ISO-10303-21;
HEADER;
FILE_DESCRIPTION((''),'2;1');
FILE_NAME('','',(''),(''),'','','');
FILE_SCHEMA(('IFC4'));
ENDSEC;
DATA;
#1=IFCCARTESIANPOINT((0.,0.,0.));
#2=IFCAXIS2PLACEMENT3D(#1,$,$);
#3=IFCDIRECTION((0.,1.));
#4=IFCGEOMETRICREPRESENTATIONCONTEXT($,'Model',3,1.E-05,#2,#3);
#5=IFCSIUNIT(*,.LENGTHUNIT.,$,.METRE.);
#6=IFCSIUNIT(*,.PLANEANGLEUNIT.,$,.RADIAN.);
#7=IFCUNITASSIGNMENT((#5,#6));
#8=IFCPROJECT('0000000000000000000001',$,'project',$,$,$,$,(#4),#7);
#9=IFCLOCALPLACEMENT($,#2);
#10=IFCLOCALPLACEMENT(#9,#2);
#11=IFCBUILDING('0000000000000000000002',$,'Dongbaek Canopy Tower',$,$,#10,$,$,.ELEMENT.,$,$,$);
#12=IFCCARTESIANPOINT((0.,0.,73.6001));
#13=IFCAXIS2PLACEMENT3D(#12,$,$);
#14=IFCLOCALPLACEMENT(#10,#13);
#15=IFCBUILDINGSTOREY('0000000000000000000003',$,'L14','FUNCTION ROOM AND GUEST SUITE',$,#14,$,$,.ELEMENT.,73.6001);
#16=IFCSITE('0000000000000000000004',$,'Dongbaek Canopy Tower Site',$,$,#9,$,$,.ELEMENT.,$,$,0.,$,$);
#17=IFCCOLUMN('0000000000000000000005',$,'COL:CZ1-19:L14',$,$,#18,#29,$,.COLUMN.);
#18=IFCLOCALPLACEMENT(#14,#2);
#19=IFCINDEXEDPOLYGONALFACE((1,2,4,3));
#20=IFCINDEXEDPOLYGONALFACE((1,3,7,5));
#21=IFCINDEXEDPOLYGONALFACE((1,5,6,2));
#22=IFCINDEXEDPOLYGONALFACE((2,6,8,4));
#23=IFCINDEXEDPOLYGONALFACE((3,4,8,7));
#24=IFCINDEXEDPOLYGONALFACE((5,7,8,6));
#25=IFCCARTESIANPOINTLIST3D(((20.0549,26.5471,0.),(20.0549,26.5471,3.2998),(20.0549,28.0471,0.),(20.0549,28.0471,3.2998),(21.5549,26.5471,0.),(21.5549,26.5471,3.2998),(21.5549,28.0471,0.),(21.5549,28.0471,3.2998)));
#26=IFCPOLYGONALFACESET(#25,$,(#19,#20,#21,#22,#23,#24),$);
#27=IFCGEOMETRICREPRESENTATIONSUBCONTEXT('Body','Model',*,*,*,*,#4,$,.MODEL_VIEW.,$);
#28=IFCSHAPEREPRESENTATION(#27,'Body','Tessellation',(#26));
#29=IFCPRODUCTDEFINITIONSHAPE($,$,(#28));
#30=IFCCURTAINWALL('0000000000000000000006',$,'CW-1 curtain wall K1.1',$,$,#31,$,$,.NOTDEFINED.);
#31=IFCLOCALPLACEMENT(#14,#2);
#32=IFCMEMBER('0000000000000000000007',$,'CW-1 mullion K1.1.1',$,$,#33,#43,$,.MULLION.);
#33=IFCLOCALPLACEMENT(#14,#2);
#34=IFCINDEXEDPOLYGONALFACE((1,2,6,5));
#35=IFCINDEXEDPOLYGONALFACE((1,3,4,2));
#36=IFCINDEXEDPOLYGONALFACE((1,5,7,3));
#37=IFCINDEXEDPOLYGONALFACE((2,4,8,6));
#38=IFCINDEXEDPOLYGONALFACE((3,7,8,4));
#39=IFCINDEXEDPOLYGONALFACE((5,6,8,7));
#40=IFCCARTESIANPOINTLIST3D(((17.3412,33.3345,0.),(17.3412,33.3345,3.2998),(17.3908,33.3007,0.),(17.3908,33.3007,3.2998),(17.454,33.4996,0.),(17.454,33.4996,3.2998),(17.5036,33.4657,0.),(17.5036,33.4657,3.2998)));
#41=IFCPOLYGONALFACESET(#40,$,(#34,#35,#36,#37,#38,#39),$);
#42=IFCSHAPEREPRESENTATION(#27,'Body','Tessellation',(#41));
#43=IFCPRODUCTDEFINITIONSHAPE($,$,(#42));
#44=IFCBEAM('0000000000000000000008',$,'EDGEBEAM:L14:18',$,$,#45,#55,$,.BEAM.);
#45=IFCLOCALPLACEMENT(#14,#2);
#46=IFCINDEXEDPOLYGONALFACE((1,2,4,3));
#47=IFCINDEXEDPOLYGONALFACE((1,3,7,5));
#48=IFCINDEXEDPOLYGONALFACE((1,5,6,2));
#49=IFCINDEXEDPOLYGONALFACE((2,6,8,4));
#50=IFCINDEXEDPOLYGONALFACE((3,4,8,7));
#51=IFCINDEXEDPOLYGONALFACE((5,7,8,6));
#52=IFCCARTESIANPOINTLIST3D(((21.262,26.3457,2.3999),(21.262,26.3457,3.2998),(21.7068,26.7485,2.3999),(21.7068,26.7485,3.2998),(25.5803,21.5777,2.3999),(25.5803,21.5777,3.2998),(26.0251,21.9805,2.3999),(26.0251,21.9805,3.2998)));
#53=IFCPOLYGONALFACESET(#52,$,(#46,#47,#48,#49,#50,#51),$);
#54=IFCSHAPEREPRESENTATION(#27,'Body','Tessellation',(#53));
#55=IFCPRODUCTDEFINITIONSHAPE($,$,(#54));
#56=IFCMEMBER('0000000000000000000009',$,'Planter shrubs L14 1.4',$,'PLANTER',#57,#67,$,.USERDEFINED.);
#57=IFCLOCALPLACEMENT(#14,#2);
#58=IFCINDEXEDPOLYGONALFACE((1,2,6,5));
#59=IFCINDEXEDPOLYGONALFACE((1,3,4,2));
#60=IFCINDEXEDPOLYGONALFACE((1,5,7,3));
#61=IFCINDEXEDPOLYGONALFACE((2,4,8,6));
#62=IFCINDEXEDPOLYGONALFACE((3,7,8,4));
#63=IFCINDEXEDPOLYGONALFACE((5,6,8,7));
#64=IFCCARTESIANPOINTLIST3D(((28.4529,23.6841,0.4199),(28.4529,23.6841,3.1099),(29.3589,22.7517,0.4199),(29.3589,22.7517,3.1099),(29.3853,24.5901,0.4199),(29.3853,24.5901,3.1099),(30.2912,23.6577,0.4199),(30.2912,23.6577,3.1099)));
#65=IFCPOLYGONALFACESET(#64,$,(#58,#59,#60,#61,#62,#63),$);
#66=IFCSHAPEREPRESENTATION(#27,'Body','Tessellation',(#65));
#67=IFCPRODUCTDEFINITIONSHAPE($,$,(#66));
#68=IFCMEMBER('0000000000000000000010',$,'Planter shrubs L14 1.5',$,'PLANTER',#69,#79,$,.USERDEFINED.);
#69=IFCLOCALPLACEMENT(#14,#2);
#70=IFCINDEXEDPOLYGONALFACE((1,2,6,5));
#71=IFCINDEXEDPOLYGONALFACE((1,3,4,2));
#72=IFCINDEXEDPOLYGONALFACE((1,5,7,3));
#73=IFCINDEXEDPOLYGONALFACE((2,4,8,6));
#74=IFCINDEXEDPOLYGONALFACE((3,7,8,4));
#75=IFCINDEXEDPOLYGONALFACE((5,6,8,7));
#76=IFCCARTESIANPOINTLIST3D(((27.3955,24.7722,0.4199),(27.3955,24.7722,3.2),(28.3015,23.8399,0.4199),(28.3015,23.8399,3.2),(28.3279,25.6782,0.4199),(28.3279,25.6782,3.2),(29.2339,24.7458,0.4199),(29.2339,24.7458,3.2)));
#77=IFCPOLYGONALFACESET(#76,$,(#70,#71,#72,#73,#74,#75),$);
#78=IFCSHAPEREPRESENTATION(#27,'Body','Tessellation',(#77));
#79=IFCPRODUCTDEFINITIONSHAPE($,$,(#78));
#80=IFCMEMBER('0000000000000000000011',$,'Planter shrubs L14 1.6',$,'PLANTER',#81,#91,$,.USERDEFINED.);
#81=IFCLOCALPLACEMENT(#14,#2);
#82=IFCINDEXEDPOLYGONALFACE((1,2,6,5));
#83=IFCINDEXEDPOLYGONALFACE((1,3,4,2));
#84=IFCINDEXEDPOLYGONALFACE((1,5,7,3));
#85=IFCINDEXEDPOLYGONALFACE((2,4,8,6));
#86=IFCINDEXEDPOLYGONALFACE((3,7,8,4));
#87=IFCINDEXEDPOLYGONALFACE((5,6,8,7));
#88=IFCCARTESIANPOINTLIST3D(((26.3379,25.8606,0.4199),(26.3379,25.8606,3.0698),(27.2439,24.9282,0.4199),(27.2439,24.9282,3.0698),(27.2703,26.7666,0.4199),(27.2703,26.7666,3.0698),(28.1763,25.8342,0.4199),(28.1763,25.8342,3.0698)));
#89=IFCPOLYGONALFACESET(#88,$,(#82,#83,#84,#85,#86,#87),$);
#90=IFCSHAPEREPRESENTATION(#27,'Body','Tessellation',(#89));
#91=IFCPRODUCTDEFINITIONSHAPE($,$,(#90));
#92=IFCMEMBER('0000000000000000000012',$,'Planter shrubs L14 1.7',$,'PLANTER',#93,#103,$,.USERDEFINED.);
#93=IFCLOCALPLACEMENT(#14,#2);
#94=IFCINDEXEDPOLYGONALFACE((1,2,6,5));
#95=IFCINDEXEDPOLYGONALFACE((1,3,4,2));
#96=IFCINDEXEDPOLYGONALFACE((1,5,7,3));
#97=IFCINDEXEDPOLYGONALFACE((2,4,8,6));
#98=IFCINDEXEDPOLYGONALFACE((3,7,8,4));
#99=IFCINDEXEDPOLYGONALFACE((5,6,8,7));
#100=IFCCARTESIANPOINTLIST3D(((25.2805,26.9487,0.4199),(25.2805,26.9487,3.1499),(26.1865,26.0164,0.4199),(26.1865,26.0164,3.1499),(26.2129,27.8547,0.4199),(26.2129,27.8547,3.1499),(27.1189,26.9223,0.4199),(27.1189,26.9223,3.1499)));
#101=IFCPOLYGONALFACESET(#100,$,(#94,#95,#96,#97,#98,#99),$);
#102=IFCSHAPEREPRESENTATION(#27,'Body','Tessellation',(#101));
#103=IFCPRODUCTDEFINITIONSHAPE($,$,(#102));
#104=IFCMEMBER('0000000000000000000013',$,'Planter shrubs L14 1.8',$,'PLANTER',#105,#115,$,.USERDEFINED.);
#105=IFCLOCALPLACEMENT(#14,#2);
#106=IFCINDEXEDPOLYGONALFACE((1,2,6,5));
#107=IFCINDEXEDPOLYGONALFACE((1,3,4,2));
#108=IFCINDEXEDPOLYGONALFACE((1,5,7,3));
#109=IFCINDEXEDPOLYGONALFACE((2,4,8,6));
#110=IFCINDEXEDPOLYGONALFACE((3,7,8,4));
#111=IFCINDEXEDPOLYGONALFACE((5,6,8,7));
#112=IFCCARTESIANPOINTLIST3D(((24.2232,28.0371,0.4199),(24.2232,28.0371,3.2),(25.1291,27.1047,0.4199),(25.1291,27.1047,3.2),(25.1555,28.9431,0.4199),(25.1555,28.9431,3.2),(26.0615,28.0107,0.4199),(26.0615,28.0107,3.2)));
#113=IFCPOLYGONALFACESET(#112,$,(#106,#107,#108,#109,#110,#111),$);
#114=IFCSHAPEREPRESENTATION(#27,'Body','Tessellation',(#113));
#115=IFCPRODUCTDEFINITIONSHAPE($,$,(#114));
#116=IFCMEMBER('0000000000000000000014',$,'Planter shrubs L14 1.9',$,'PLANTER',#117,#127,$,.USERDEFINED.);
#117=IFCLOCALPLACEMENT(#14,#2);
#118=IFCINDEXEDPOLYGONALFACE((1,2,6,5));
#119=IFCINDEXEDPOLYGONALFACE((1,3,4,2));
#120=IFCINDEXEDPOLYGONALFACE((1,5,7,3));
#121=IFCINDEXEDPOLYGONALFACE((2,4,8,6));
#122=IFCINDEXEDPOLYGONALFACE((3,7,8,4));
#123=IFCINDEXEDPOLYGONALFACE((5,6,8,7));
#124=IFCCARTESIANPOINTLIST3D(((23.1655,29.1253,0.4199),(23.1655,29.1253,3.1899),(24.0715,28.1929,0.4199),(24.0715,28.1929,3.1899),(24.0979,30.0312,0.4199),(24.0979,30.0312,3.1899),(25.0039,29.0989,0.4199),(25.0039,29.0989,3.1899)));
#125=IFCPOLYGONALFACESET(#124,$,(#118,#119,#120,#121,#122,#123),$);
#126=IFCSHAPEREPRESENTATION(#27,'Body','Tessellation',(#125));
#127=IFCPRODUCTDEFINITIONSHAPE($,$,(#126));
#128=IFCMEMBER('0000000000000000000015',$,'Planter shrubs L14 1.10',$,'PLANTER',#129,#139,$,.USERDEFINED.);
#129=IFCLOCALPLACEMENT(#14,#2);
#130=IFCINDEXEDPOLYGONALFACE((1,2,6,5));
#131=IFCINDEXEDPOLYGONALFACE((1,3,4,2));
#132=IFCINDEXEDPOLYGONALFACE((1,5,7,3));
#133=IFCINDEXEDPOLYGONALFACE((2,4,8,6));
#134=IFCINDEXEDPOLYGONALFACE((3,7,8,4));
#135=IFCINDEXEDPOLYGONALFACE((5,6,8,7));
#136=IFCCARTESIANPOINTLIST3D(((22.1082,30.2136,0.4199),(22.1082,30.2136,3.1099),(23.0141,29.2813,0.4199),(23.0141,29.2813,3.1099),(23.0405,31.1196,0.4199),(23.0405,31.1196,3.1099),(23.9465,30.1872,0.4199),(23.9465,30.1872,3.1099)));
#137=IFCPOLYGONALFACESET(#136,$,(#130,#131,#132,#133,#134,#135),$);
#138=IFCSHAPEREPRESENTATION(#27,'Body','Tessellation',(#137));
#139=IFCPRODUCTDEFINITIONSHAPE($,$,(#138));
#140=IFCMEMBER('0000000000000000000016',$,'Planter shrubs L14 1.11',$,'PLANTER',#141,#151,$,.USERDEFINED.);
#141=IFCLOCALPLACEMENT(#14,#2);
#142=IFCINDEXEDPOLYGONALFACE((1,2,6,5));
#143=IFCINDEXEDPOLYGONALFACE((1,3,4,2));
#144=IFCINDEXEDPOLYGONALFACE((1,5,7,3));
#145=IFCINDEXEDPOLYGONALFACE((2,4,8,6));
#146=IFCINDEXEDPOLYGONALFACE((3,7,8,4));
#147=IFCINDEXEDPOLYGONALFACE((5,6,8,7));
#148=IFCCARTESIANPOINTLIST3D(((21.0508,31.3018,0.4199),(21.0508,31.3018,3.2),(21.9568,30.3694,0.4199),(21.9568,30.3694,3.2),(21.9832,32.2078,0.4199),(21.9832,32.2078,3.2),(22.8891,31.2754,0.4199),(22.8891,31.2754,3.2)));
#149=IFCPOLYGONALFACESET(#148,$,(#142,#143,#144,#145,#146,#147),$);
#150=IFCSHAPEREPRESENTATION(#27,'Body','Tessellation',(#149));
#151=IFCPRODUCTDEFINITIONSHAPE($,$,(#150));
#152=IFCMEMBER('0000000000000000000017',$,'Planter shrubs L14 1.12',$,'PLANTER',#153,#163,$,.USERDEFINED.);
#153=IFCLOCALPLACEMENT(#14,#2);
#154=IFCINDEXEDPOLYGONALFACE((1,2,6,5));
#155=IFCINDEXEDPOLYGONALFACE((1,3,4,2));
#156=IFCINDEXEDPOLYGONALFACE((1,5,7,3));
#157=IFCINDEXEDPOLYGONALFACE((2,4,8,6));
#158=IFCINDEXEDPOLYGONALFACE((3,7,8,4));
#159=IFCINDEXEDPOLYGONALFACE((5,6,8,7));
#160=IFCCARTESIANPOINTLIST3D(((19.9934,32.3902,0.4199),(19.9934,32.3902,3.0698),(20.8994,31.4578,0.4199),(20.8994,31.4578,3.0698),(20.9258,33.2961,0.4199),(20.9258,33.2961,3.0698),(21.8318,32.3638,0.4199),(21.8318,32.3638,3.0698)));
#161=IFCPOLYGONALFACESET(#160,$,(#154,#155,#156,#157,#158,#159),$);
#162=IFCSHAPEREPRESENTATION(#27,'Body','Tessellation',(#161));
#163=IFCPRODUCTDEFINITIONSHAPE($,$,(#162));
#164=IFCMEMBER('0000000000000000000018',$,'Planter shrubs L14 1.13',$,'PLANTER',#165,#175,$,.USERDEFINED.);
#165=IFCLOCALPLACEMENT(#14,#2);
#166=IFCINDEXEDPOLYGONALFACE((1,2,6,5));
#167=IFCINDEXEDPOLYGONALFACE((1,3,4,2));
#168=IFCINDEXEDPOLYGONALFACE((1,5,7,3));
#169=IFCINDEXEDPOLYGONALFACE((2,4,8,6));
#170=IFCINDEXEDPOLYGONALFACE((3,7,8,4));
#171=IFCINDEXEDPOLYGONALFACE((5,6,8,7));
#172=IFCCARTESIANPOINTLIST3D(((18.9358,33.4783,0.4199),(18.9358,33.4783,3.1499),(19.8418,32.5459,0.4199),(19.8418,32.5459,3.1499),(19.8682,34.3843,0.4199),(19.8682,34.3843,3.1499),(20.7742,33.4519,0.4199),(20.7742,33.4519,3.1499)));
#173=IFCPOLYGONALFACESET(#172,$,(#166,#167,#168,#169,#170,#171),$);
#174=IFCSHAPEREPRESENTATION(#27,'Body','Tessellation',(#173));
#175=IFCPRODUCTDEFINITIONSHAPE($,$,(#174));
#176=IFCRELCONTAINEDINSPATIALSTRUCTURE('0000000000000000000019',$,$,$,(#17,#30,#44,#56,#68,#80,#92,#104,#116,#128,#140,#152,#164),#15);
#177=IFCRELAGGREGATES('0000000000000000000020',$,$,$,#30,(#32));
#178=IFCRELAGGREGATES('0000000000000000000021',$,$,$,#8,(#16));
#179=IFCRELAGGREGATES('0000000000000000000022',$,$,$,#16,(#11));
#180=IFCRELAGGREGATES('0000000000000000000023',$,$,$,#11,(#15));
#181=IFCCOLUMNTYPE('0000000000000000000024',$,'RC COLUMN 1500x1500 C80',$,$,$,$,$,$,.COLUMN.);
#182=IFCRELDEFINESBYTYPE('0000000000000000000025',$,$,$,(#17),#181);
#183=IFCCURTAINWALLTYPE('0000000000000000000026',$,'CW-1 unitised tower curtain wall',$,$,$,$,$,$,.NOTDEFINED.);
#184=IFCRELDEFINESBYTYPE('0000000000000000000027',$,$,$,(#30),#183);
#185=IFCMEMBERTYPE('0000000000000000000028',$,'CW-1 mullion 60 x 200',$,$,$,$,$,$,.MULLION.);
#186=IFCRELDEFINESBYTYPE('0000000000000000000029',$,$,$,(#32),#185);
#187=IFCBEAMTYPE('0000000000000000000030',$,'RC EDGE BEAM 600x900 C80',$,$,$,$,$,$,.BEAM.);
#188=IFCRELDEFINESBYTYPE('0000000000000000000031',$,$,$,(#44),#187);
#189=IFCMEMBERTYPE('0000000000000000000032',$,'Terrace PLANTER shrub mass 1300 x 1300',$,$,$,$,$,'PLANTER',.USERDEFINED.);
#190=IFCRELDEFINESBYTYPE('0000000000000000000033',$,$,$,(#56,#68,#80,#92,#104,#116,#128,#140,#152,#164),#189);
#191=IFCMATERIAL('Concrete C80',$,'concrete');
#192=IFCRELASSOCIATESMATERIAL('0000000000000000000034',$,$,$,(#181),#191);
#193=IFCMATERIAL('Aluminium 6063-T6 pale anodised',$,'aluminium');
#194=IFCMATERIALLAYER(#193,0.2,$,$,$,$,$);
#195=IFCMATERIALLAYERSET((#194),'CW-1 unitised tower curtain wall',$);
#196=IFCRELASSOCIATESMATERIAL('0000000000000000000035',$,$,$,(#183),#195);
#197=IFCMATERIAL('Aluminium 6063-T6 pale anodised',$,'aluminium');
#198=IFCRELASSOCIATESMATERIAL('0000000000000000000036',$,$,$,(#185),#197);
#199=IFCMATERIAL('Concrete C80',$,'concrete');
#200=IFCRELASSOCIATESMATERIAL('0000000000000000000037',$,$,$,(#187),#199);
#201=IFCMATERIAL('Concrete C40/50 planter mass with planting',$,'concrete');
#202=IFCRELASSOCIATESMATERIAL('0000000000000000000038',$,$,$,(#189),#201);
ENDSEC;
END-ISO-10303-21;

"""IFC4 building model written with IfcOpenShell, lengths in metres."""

from ifc_helpers import new_model, si_unit, direction, frame, origin, origin_2d, place, context, subcontext, project, spatial, rectangle, extrude, material, layer, layer_set, material_profile, profile_set, type_object, element, aggregate, save


model = new_model("IFC4")

# Units and contexts
model_context = context("Model", 3, precision=1e-05, world=origin(), true_north=direction((0.0, 1.0)))
body_context = subcontext(model_context, "Body", "Model", "MODEL_VIEW")
ifc_project = project(units=[si_unit("LENGTHUNIT", "METRE"), si_unit("PLANEANGLEUNIT", "RADIAN")], contexts=[model_context])

# Site, building, storey
site_placement = place(None, origin())
site = spatial("IfcSite", under=ifc_project, at=site_placement, Name="Dongbaek Canopy Tower Site", CompositionType="ELEMENT", RefElevation=0.0)
building_placement = place(site_placement, origin())
building = spatial("IfcBuilding", under=site, at=building_placement, Name="Dongbaek Canopy Tower", CompositionType="ELEMENT")
storey_placement = place(building_placement, frame((0.0, 0.0, 73.6001)))
storey = spatial("IfcBuildingStorey", under=building, at=storey_placement, Name="L14", Description="FUNCTION ROOM AND GUEST SUITE", CompositionType="ELEMENT", Elevation=73.6001)

# Column
ifc_material_1 = material(Name="Concrete C80", Category="concrete")
ifc_material_profile_1 = material_profile(ifc_material_1, rectangle(XDim=1.5, YDim=1.5, at=origin_2d()), Name="RC COLUMN 1500x1500 C80")
ifc_profile_set_1 = profile_set([ifc_material_profile_1], Name="Concrete C80")
column_type = type_object("IfcColumnType", Name="RC COLUMN 1500x1500 C80", PredefinedType="COLUMN", material=ifc_profile_set_1)
column_placement = place(storey_placement, frame((20.8049, 27.2971, 0.0), z_axis=(0.0, 0.0, 1.0), x_axis=(1.0, 0.0, 0.0)))
element("IfcColumn", 1, at=column_placement, inside=storey, type_object=column_type, Name="COL:CZ1-19:L14", PredefinedType="COLUMN", context=body_context, shape_type="SweptSolid", body=[
    extrude(rectangle(XDim=1.5, YDim=1.5, at=origin_2d()), origin(), (0.0, 0.0, 1.0), 3.2998),
])

# Curtain wall, member
ifc_material_2 = material(Name="Aluminium 6063-T6 pale anodised", Category="aluminium")
ifc_layer = layer(ifc_material_2, 0.2)
ifc_layer_set = layer_set([ifc_layer], Name="CW-1 unitised tower curtain wall")
curtain_wall_type = type_object("IfcCurtainWallType", Name="CW-1 unitised tower curtain wall", PredefinedType="NOTDEFINED", material=ifc_layer_set)
curtain_wall_placement = place(storey_placement, origin())
curtain_wall = element("IfcCurtainWall", 2, at=curtain_wall_placement, inside=storey, type_object=curtain_wall_type, Name="CW-1 curtain wall K1.1", PredefinedType="NOTDEFINED")
ifc_material_3 = material(Name="Aluminium 6063-T6 pale anodised", Category="aluminium")
ifc_material_profile_2 = material_profile(ifc_material_3, rectangle(XDim=0.2, YDim=0.0601, at=origin_2d()), Name="CW-1 mullion 60 x 200")
ifc_profile_set_2 = profile_set([ifc_material_profile_2], Name="Aluminium 6063-T6 pale anodised")
member_type_1 = type_object("IfcMemberType", Name="CW-1 mullion 60 x 200", PredefinedType="MULLION", material=ifc_profile_set_2)
member_1_placement = place(storey_placement, frame((17.4224, 33.4001, 0.0), z_axis=(0.0, 0.0, 1.0), x_axis=(0.564196, 0.825641, 0.0)))
member_1 = element("IfcMember", 3, at=member_1_placement, type_object=member_type_1, Name="CW-1 mullion K1.1.1", PredefinedType="MULLION", context=body_context, shape_type="SweptSolid", body=[
    extrude(rectangle(XDim=0.2, YDim=0.0601, at=origin_2d()), origin(), (0.0, 0.0, 1.0), 3.2998),
])
aggregate(curtain_wall, [member_1])

# Beam
ifc_material_4 = material(Name="Concrete C80", Category="concrete")
ifc_material_profile_3 = material_profile(ifc_material_4, rectangle(XDim=0.6001, YDim=0.8999, at=origin_2d()), Name="RC EDGE BEAM 600x900 C80")
ifc_profile_set_3 = profile_set([ifc_material_profile_3], Name="Concrete C80")
beam_type = type_object("IfcBeamType", Name="RC EDGE BEAM 600x900 C80", PredefinedType="BEAM", material=ifc_profile_set_3)
beam_placement = place(storey_placement, frame((21.4844, 26.5471, 2.8499), z_axis=(0.671289, -0.741196, 0.0), x_axis=(0.741196, 0.671289, 0.0)))
element("IfcBeam", 4, at=beam_placement, inside=storey, type_object=beam_type, Name="EDGEBEAM:L14:18", PredefinedType="BEAM", context=body_context, shape_type="SweptSolid", body=[
    extrude(rectangle(XDim=0.6001, YDim=0.8999, at=origin_2d()), origin(), (0.0, 0.0, 1.0), 6.4329),
])

# Members
ifc_material_5 = material(Name="Concrete C40/50 planter mass with planting", Category="concrete")
ifc_material_profile_4 = material_profile(ifc_material_5, rectangle(XDim=1.3, YDim=1.3, at=origin_2d()), Name="Terrace PLANTER shrub mass 1300 x 1300")
ifc_profile_set_4 = profile_set([ifc_material_profile_4], Name="Concrete C40/50 planter mass with planting")
member_type_2 = type_object("IfcMemberType", Name="Terrace PLANTER shrub mass 1300 x 1300", ElementType="PLANTER", PredefinedType="USERDEFINED", material=ifc_profile_set_4)
member_2_placement = place(storey_placement, frame((29.3721, 23.6709, 0.4199), z_axis=(0.0, 0.0, 1.0), x_axis=(0.717186, 0.696882, 0.0)))
element("IfcMember", 5, at=member_2_placement, inside=storey, type_object=member_type_2, Name="Planter shrubs L14 1.4", ObjectType="PLANTER", PredefinedType="USERDEFINED", context=body_context, shape_type="SweptSolid", body=[
    extrude(rectangle(XDim=1.3, YDim=1.3, at=origin_2d()), origin(), (0.0, 0.0, 1.0), 2.6899),
])
member_3_placement = place(storey_placement, frame((28.3147, 24.759, 0.4199), z_axis=(0.0, 0.0, 1.0), x_axis=(0.717186, 0.696882, 0.0)))
element("IfcMember", 6, at=member_3_placement, inside=storey, type_object=member_type_2, Name="Planter shrubs L14 1.5", ObjectType="PLANTER", PredefinedType="USERDEFINED", context=body_context, shape_type="SweptSolid", body=[
    extrude(rectangle(XDim=1.3, YDim=1.3, at=origin_2d()), origin(), (0.0, 0.0, 1.0), 2.78),
])
member_4_placement = place(storey_placement, frame((27.2571, 25.8474, 0.4199), z_axis=(0.0, 0.0, 1.0), x_axis=(0.717186, 0.696882, 0.0)))
element("IfcMember", 7, at=member_4_placement, inside=storey, type_object=member_type_2, Name="Planter shrubs L14 1.6", ObjectType="PLANTER", PredefinedType="USERDEFINED", context=body_context, shape_type="SweptSolid", body=[
    extrude(rectangle(XDim=1.3, YDim=1.3, at=origin_2d()), origin(), (0.0, 0.0, 1.0), 2.6499),
])
member_5_placement = place(storey_placement, frame((26.1997, 26.9355, 0.4199), z_axis=(0.0, 0.0, 1.0), x_axis=(0.717186, 0.696882, 0.0)))
element("IfcMember", 8, at=member_5_placement, inside=storey, type_object=member_type_2, Name="Planter shrubs L14 1.7", ObjectType="PLANTER", PredefinedType="USERDEFINED", context=body_context, shape_type="SweptSolid", body=[
    extrude(rectangle(XDim=1.3, YDim=1.3, at=origin_2d()), origin(), (0.0, 0.0, 1.0), 2.73),
])
member_6_placement = place(storey_placement, frame((25.1423, 28.0239, 0.4199), z_axis=(0.0, 0.0, 1.0), x_axis=(0.717186, 0.696882, 0.0)))
element("IfcMember", 9, at=member_6_placement, inside=storey, type_object=member_type_2, Name="Planter shrubs L14 1.8", ObjectType="PLANTER", PredefinedType="USERDEFINED", context=body_context, shape_type="SweptSolid", body=[
    extrude(rectangle(XDim=1.3, YDim=1.3, at=origin_2d()), origin(), (0.0, 0.0, 1.0), 2.78),
])
member_7_placement = place(storey_placement, frame((24.0847, 29.1121, 0.4199), z_axis=(0.0, 0.0, 1.0), x_axis=(0.717186, 0.696882, 0.0)))
element("IfcMember", 10, at=member_7_placement, inside=storey, type_object=member_type_2, Name="Planter shrubs L14 1.9", ObjectType="PLANTER", PredefinedType="USERDEFINED", context=body_context, shape_type="SweptSolid", body=[
    extrude(rectangle(XDim=1.3, YDim=1.3, at=origin_2d()), origin(), (0.0, 0.0, 1.0), 2.77),
])
member_8_placement = place(storey_placement, frame((23.0273, 30.2004, 0.4199), z_axis=(0.0, 0.0, 1.0), x_axis=(0.717186, 0.696882, 0.0)))
element("IfcMember", 11, at=member_8_placement, inside=storey, type_object=member_type_2, Name="Planter shrubs L14 1.10", ObjectType="PLANTER", PredefinedType="USERDEFINED", context=body_context, shape_type="SweptSolid", body=[
    extrude(rectangle(XDim=1.3, YDim=1.3, at=origin_2d()), origin(), (0.0, 0.0, 1.0), 2.6899),
])
member_9_placement = place(storey_placement, frame((21.97, 31.2886, 0.4199), z_axis=(0.0, 0.0, 1.0), x_axis=(0.717186, 0.696882, 0.0)))
element("IfcMember", 12, at=member_9_placement, inside=storey, type_object=member_type_2, Name="Planter shrubs L14 1.11", ObjectType="PLANTER", PredefinedType="USERDEFINED", context=body_context, shape_type="SweptSolid", body=[
    extrude(rectangle(XDim=1.3, YDim=1.3, at=origin_2d()), origin(), (0.0, 0.0, 1.0), 2.78),
])
member_10_placement = place(storey_placement, frame((20.9126, 32.377, 0.4199), z_axis=(0.0, 0.0, 1.0), x_axis=(0.717186, 0.696882, 0.0)))
element("IfcMember", 13, at=member_10_placement, inside=storey, type_object=member_type_2, Name="Planter shrubs L14 1.12", ObjectType="PLANTER", PredefinedType="USERDEFINED", context=body_context, shape_type="SweptSolid", body=[
    extrude(rectangle(XDim=1.3, YDim=1.3, at=origin_2d()), origin(), (0.0, 0.0, 1.0), 2.6499),
])
member_11_placement = place(storey_placement, frame((19.855, 33.4651, 0.4199), z_axis=(0.0, 0.0, 1.0), x_axis=(0.717186, 0.696882, 0.0)))
element("IfcMember", 14, at=member_11_placement, inside=storey, type_object=member_type_2, Name="Planter shrubs L14 1.13", ObjectType="PLANTER", PredefinedType="USERDEFINED", context=body_context, shape_type="SweptSolid", body=[
    extrude(rectangle(XDim=1.3, YDim=1.3, at=origin_2d()), origin(), (0.0, 0.0, 1.0), 2.73),
])

save(model, "model.ifc")
